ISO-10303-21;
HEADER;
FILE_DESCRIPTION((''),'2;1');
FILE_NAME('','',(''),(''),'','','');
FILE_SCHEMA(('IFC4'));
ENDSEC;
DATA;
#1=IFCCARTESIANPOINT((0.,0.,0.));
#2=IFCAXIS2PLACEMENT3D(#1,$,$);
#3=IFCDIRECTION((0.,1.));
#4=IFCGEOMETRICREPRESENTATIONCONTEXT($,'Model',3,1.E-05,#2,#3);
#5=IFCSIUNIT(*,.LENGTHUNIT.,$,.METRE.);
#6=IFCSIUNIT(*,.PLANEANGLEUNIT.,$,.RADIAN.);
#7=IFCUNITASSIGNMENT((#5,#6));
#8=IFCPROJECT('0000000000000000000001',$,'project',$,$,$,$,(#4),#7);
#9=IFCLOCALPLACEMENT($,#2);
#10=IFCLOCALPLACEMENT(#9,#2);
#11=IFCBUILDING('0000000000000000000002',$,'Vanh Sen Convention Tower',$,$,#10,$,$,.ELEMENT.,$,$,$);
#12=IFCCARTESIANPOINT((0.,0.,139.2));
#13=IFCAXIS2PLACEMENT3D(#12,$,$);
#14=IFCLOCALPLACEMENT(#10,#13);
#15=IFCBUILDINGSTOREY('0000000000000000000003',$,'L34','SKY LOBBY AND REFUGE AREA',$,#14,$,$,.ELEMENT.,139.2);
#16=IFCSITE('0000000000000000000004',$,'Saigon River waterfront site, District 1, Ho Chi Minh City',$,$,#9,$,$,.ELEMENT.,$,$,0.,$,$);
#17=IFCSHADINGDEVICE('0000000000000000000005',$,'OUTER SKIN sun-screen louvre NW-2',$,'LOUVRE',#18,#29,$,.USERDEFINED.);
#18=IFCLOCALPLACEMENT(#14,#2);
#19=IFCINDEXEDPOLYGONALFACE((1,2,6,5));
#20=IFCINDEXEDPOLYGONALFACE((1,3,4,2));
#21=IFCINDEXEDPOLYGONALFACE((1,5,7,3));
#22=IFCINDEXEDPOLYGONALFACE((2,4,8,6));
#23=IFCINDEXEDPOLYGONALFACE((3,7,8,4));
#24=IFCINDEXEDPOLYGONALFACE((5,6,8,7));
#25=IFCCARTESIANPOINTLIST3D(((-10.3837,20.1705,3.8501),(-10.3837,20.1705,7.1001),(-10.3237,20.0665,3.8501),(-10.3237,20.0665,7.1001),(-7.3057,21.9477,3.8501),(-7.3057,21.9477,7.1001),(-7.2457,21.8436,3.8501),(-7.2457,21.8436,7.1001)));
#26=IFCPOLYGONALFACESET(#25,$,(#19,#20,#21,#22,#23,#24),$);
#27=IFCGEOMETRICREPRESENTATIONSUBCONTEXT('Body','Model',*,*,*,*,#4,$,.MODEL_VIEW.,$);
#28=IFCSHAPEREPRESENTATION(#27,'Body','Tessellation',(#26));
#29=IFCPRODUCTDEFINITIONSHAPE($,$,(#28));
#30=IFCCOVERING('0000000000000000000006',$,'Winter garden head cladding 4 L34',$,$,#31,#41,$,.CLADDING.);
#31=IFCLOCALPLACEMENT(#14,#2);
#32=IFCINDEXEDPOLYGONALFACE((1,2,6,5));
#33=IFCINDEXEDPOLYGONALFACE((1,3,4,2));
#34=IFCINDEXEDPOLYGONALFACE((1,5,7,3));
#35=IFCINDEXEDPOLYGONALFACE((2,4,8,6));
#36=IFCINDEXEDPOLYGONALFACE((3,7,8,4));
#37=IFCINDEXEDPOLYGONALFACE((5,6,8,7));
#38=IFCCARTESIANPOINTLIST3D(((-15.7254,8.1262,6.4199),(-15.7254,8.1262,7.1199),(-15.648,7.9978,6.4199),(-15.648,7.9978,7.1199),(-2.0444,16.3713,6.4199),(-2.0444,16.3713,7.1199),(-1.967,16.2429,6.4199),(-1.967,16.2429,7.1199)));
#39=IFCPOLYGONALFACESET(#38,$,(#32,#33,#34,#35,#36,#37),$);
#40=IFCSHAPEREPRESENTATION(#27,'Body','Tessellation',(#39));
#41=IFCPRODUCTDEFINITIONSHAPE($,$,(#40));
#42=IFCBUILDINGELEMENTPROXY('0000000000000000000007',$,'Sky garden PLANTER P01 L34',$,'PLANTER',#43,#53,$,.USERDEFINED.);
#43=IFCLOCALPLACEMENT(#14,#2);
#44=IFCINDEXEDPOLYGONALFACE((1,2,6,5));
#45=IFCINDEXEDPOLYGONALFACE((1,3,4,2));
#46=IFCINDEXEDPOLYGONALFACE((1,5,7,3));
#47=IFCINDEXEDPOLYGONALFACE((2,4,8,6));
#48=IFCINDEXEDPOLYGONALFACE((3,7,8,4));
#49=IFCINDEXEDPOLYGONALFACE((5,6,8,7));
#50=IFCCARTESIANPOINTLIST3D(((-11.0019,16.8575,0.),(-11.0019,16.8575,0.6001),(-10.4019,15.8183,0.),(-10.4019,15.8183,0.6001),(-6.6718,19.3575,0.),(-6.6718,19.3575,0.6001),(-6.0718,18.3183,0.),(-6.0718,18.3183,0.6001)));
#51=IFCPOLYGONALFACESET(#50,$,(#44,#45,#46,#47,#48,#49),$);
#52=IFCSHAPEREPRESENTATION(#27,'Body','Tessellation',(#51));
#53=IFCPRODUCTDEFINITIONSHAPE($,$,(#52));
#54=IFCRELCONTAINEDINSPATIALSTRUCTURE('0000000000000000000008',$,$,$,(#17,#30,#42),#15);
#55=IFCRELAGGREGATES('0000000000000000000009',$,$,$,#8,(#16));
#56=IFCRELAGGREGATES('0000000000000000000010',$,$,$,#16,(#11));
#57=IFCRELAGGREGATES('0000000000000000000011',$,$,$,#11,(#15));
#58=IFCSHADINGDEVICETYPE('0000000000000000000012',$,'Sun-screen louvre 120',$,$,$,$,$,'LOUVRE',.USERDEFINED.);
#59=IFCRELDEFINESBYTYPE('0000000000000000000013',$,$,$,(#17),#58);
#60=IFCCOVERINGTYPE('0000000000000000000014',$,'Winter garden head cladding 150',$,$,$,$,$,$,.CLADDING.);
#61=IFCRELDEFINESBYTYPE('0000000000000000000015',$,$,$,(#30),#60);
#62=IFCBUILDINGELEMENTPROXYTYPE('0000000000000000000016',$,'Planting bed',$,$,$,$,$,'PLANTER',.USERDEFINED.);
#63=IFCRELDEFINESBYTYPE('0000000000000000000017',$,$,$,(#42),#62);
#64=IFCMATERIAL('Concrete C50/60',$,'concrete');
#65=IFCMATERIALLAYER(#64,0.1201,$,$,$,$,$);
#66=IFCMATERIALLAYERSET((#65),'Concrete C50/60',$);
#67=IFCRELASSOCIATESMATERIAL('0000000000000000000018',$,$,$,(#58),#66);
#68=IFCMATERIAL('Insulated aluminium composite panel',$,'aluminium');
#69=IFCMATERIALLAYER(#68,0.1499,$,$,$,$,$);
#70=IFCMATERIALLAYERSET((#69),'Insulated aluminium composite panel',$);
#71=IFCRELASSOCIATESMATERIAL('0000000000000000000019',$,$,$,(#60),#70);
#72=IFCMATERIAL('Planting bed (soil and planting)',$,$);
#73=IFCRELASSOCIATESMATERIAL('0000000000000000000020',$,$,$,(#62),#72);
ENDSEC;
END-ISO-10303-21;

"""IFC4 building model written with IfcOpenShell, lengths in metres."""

from ifc_helpers import new_model, si_unit, direction, frame, origin, origin_2d, place, context, subcontext, project, spatial, rectangle, extrude, material, layer, layer_set, type_object, element, save


model = new_model("IFC4")

# Units and contexts
model_context = context("Model", 3, precision=1e-05, world=origin(), true_north=direction((0.0, 1.0)))
body_context = subcontext(model_context, "Body", "Model", "MODEL_VIEW")
ifc_project = project(units=[si_unit("LENGTHUNIT", "METRE"), si_unit("PLANEANGLEUNIT", "RADIAN")], contexts=[model_context])

# Site, building, storey
site_placement = place(None, origin())
site = spatial("IfcSite", under=ifc_project, at=site_placement, Name="Saigon River waterfront site, District 1, Ho Chi Minh City", CompositionType="ELEMENT", RefElevation=0.0)
building_placement = place(site_placement, origin())
building = spatial("IfcBuilding", under=site, at=building_placement, Name="Vanh Sen Convention Tower", CompositionType="ELEMENT")
storey_placement = place(building_placement, frame((0.0, 0.0, 139.2)))
storey = spatial("IfcBuildingStorey", under=building, at=storey_placement, Name="L34", Description="SKY LOBBY AND REFUGE AREA", CompositionType="ELEMENT", Elevation=139.2)

# Shading device
ifc_material_1 = material(Name="Concrete C50/60", Category="concrete")
ifc_layer_1 = layer(ifc_material_1, 0.1201)
ifc_layer_set_1 = layer_set([ifc_layer_1], Name="Concrete C50/60")
shading_device_type = type_object("IfcShadingDeviceType", Name="Sun-screen louvre 120", ElementType="LOUVRE", PredefinedType="USERDEFINED", material=ifc_layer_set_1)
shading_device_1_placement = place(storey_placement, frame((-8.8147, 21.0071, 3.8501), z_axis=(0.0, 0.0, 1.0), x_axis=(-0.866017, -0.500015, 0.0)))
element("IfcShadingDevice", 1, at=shading_device_1_placement, inside=storey, type_object=shading_device_type, Name="OUTER SKIN sun-screen louvre NW-2", ObjectType="LOUVRE", PredefinedType="USERDEFINED", context=body_context, shape_type="SweptSolid", body=[
    extrude(rectangle(XDim=3.5542, YDim=0.1201, at=origin_2d()), origin(), (0.0, 0.0, 1.0), 3.25),
])

# Covering
ifc_material_2 = material(Name="Insulated aluminium composite panel", Category="aluminium")
ifc_layer_2 = layer(ifc_material_2, 0.1499)
ifc_layer_set_2 = layer_set([ifc_layer_2], Name="Insulated aluminium composite panel")
covering_type = type_object("IfcCoveringType", Name="Winter garden head cladding 150", PredefinedType="CLADDING", material=ifc_layer_set_2)
covering_placement = place(storey_placement, frame((-8.8462, 12.1846, 6.4199), z_axis=(0.0, 0.0, 1.0), x_axis=(0.856483, 0.516175, 0.0)))
element("IfcCovering", 2, at=covering_placement, inside=storey, type_object=covering_type, Name="Winter garden head cladding 4 L34", PredefinedType="CLADDING", context=body_context, shape_type="SweptSolid", body=[
    extrude(rectangle(XDim=15.9734, YDim=0.1499, at=origin_2d()), origin(), (0.0, 0.0, 1.0), 0.7),
])

# Building element proxy
ifc_material_3 = material(Name="Planting bed (soil and planting)")
building_element_proxy_type = type_object("IfcBuildingElementProxyType", Name="Planting bed", ElementType="PLANTER", PredefinedType="USERDEFINED", material=ifc_material_3)
proxy_placement = place(storey_placement, frame((-8.5369, 17.5879, 0.0), z_axis=(0.0, 0.0, 1.0), x_axis=(-0.866025, -0.500002, 0.0)))
element("IfcBuildingElementProxy", 3, at=proxy_placement, inside=storey, type_object=building_element_proxy_type, Name="Sky garden PLANTER P01 L34", ObjectType="PLANTER", PredefinedType="USERDEFINED", context=body_context, shape_type="SweptSolid", body=[
    extrude(rectangle(XDim=5.0, YDim=1.2, at=origin_2d()), origin(), (0.0, 0.0, 1.0), 0.6001),
])

save(model, "model.ifc")
